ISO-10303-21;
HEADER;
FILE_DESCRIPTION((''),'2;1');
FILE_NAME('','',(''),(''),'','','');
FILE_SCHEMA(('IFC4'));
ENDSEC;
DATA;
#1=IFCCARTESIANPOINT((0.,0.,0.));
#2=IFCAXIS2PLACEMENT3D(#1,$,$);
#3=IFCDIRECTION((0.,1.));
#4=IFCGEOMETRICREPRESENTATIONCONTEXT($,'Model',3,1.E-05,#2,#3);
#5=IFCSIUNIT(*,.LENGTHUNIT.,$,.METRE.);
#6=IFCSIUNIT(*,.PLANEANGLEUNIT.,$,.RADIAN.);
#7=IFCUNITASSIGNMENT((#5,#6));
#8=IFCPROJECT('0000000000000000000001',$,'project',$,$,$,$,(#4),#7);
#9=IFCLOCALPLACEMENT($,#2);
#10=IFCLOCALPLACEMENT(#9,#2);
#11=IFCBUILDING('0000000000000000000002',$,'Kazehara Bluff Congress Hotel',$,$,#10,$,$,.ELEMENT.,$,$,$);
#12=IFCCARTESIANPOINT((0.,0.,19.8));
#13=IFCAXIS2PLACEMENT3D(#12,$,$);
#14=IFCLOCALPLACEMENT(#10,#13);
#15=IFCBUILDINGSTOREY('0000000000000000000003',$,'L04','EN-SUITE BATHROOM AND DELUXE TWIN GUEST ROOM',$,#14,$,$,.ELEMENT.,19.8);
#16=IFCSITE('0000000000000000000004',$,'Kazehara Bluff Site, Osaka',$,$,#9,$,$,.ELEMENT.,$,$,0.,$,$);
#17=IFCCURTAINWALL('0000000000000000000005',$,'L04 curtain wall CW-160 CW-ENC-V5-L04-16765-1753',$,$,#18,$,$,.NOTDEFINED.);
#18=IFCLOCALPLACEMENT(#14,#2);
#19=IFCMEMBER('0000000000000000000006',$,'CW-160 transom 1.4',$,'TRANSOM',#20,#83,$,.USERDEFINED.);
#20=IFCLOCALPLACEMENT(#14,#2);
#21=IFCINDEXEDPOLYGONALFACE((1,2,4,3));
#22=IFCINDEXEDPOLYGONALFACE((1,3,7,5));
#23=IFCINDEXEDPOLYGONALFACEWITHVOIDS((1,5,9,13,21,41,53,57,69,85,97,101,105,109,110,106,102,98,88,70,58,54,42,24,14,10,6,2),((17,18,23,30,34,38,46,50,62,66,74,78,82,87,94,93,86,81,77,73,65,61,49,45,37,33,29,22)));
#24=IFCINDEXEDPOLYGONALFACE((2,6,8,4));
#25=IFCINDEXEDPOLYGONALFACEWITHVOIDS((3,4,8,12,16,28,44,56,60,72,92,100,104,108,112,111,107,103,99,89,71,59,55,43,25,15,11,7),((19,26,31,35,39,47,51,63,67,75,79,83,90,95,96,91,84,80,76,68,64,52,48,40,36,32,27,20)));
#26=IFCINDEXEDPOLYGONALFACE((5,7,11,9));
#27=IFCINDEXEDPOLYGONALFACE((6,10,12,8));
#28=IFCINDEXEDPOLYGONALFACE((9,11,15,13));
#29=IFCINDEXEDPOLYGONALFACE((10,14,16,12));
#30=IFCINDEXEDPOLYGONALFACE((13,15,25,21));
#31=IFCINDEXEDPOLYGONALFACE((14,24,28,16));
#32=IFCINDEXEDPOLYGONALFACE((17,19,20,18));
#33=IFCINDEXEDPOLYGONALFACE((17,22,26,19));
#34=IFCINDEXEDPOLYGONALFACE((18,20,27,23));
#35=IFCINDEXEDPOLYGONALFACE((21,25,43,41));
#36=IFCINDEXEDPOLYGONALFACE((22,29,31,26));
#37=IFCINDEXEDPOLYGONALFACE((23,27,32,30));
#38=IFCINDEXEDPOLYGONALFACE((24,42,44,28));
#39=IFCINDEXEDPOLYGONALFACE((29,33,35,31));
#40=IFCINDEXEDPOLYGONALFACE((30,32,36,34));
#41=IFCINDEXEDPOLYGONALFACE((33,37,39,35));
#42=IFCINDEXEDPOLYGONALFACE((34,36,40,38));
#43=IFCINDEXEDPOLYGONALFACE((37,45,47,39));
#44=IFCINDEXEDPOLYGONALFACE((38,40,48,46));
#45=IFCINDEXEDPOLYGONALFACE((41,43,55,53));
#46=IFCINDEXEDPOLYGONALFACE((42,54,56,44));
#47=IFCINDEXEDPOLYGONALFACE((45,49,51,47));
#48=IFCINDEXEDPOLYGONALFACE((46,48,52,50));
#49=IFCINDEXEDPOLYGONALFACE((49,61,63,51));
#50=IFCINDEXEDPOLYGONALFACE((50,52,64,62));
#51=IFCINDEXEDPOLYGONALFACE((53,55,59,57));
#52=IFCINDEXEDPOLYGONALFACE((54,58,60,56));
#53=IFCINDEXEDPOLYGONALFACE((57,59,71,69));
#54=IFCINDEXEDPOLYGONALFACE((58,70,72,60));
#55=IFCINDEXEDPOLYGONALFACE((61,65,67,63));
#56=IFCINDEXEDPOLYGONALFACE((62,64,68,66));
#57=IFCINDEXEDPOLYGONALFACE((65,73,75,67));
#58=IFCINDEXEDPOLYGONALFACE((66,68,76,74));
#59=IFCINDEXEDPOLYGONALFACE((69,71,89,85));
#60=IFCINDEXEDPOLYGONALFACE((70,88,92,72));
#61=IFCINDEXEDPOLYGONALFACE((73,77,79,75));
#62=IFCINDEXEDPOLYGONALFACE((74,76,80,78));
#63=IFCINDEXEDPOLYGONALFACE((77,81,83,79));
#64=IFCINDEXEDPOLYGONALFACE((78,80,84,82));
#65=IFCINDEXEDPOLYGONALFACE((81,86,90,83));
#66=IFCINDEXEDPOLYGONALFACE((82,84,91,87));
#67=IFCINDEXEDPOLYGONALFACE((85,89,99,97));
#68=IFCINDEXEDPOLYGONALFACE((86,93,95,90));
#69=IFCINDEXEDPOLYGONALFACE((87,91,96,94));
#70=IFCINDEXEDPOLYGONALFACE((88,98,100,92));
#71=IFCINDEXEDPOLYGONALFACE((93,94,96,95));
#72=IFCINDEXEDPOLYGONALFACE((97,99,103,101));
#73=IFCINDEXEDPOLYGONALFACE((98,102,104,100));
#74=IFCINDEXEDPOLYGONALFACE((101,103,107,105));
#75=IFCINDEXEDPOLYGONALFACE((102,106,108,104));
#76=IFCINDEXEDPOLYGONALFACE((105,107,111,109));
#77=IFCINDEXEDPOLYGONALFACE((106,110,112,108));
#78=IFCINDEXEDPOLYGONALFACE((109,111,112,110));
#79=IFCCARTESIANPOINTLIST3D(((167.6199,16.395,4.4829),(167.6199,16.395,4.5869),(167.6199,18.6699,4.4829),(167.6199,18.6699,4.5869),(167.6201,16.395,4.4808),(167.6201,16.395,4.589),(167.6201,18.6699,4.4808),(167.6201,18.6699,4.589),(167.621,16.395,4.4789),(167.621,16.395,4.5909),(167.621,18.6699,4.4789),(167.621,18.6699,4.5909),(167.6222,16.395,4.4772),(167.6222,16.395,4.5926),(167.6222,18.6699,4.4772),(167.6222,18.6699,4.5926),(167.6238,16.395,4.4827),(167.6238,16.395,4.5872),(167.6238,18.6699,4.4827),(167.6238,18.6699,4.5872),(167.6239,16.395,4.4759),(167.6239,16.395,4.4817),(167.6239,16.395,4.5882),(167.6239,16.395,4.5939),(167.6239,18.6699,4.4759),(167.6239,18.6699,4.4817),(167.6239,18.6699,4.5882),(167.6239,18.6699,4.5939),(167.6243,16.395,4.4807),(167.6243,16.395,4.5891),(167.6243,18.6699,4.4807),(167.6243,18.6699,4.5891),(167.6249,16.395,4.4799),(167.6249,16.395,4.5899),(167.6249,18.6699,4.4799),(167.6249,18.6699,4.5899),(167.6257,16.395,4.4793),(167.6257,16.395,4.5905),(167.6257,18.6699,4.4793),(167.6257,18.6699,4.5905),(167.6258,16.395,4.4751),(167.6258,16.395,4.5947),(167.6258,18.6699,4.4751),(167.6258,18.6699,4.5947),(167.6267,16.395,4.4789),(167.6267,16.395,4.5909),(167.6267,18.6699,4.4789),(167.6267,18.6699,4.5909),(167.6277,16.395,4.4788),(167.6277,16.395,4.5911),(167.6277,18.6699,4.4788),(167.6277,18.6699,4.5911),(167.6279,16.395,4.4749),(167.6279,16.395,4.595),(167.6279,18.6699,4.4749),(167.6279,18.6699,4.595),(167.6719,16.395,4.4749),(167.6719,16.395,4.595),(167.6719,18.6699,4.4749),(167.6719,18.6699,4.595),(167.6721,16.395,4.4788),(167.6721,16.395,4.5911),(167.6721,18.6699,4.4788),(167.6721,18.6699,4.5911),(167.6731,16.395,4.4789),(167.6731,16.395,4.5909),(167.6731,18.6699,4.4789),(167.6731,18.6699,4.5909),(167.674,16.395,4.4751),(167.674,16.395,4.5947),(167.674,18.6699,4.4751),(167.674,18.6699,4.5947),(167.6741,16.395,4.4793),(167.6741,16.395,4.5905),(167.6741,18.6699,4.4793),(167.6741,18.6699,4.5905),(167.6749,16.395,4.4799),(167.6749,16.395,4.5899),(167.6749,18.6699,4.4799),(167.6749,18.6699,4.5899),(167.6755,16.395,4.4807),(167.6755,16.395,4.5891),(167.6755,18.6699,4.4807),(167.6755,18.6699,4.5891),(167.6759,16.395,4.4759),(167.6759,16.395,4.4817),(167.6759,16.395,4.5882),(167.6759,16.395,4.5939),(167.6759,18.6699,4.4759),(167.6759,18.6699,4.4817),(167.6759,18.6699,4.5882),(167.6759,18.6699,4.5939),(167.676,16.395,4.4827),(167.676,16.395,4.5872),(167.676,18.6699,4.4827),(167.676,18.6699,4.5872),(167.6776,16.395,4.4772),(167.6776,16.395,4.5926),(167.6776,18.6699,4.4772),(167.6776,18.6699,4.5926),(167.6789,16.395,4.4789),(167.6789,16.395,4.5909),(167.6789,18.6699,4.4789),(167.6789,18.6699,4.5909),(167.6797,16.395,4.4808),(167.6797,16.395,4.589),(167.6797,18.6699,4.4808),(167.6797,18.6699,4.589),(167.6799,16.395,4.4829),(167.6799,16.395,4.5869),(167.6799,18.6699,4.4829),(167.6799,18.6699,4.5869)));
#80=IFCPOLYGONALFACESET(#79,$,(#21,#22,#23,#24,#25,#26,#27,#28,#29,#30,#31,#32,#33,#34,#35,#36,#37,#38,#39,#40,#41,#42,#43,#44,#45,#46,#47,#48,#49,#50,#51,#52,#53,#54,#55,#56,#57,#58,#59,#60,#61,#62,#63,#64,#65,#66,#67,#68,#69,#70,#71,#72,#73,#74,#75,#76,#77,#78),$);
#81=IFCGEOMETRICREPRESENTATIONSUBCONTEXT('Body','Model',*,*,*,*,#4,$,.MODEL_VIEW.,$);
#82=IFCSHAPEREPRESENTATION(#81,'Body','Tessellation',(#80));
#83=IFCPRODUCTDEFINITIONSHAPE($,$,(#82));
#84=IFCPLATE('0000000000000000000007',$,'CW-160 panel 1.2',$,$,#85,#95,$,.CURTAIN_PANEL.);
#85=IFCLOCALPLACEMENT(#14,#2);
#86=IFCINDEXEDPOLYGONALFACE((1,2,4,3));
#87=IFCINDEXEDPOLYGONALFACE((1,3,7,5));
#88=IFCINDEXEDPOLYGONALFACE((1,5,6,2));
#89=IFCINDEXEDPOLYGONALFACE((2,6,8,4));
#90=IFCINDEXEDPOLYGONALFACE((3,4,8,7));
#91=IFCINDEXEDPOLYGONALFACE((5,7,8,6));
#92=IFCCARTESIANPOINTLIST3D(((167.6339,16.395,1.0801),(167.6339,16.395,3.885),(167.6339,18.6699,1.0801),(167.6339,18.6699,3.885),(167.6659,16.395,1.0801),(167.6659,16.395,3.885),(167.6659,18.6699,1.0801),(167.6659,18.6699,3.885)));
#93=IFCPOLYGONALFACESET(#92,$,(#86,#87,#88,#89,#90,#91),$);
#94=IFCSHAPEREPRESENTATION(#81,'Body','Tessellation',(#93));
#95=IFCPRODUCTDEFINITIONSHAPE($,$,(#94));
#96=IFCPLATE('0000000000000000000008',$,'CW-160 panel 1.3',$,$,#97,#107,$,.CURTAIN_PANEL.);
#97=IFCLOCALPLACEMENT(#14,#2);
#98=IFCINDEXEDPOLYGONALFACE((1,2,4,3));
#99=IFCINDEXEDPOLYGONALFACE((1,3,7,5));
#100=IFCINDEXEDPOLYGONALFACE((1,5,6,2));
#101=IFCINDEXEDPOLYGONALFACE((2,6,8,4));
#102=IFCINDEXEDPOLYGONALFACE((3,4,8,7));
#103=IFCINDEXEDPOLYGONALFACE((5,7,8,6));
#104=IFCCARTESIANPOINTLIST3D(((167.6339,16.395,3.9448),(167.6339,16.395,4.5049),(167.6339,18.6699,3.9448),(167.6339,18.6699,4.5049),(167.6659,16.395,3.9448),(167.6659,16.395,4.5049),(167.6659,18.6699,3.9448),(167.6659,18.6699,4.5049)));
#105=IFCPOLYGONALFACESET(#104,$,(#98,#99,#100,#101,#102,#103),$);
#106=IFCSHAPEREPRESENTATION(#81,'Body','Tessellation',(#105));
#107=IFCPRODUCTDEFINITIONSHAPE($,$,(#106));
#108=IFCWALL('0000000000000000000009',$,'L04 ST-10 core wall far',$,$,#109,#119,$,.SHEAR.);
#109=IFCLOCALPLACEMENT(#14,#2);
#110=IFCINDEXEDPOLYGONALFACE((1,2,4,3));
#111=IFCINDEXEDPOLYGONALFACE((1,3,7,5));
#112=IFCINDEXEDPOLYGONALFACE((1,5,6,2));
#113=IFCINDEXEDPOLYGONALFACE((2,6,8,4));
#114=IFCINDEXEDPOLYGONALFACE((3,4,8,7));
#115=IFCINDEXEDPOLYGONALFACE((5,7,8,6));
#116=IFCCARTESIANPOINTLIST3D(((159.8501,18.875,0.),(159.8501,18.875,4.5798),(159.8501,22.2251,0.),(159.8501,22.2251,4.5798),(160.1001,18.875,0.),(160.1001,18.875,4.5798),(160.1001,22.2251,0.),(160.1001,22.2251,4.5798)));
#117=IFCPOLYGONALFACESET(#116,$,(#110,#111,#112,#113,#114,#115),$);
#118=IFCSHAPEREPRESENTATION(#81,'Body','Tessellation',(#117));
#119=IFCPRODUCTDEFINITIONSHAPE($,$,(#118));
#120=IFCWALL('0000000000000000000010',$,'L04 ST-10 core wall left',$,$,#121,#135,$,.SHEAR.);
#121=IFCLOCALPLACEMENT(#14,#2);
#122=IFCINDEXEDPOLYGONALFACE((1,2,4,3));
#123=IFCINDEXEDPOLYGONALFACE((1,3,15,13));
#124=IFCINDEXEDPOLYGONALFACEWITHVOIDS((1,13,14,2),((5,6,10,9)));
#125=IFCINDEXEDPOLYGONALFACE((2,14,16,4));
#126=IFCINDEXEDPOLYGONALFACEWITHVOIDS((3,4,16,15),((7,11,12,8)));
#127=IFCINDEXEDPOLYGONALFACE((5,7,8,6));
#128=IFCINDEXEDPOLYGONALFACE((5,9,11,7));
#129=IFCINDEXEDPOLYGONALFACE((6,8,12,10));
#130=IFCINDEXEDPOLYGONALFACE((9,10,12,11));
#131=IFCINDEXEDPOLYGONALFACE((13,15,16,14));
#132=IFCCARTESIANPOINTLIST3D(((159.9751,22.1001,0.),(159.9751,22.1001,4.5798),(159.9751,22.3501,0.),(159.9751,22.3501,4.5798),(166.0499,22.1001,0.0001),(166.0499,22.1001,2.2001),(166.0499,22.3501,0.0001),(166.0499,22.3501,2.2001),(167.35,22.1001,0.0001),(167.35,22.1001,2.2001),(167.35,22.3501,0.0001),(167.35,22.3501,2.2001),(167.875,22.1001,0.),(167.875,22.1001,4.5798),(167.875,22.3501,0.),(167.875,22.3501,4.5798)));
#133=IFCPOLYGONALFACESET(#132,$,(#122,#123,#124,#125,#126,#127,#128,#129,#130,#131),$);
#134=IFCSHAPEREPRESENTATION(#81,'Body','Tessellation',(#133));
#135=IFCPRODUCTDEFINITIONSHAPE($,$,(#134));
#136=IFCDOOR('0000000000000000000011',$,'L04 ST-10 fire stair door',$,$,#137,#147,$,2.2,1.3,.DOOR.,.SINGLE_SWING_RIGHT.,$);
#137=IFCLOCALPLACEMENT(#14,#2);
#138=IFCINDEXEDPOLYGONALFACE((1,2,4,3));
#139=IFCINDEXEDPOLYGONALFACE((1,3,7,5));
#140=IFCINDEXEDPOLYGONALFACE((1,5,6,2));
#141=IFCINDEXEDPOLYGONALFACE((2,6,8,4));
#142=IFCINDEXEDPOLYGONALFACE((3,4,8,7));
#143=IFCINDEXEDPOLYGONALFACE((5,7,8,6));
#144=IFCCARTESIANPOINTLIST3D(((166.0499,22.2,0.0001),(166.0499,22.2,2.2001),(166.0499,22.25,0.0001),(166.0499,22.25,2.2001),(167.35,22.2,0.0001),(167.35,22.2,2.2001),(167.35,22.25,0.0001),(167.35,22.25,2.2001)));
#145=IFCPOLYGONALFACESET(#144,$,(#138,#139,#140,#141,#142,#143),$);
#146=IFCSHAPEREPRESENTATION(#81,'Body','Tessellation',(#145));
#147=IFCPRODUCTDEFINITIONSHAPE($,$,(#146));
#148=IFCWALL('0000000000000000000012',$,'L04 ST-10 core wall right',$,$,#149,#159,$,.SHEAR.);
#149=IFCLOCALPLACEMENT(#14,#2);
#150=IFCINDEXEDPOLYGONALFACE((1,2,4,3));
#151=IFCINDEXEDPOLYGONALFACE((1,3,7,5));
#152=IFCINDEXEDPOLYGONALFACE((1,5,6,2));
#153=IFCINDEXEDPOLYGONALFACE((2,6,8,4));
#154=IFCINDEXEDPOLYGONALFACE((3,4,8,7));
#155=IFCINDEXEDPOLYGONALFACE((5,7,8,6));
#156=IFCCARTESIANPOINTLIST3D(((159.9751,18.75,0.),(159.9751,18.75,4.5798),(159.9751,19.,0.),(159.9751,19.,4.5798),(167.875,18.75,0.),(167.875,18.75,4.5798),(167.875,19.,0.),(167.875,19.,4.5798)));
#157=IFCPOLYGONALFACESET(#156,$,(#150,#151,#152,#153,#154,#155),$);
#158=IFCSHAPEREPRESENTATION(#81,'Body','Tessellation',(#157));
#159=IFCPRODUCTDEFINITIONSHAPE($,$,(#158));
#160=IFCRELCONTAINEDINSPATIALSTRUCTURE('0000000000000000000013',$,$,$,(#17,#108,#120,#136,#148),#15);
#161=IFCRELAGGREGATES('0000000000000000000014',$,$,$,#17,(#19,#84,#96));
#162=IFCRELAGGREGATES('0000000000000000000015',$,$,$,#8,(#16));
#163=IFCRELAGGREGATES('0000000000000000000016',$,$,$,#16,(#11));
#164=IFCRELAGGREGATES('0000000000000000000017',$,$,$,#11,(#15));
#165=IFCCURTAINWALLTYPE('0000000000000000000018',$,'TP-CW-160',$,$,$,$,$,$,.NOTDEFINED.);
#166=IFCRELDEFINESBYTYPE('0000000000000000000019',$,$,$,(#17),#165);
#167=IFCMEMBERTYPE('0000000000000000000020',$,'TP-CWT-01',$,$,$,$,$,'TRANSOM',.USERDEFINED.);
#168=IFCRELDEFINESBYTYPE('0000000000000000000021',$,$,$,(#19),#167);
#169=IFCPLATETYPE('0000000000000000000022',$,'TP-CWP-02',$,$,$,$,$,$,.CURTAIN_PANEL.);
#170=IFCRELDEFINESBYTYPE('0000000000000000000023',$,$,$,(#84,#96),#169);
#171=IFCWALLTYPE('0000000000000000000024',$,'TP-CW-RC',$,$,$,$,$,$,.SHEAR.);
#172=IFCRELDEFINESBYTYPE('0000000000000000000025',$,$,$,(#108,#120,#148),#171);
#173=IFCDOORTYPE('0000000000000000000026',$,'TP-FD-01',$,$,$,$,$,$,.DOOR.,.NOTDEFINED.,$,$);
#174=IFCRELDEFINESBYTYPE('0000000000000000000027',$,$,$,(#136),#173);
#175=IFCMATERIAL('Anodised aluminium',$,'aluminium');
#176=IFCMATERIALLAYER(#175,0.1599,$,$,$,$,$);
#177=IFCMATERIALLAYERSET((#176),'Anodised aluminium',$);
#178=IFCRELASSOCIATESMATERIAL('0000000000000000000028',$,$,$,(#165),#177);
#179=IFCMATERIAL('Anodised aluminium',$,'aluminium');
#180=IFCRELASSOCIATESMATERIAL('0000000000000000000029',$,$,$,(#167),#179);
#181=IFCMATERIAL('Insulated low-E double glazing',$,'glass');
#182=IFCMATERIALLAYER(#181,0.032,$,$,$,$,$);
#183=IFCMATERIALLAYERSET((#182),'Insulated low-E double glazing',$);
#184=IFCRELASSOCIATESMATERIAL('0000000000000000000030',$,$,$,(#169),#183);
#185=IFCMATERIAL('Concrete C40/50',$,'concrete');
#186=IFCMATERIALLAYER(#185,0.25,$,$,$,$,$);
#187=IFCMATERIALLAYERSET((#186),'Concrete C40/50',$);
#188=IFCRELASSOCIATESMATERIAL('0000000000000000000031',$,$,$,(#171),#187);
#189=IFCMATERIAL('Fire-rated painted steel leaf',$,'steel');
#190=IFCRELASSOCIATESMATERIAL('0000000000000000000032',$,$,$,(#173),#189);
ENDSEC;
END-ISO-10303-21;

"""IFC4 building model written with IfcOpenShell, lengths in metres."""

from ifc_helpers import new_model, si_unit, direction, frame, frame_2d, origin, origin_2d, place, context, subcontext, project, spatial, rectangle, hollow_rectangle, extrude, material, layer, layer_set, material_profile, profile_set, type_object, element, fill, aggregate, save


model = new_model("IFC4")

# Units and contexts
model_context = context("Model", 3, precision=1e-05, world=origin(), true_north=direction((0.0, 1.0)))
body_context = subcontext(model_context, "Body", "Model", "MODEL_VIEW")
ifc_project = project(units=[si_unit("LENGTHUNIT", "METRE"), si_unit("PLANEANGLEUNIT", "RADIAN")], contexts=[model_context])

# Site, building, storey
site_placement = place(None, origin())
site = spatial("IfcSite", under=ifc_project, at=site_placement, Name="Kazehara Bluff Site, Osaka", CompositionType="ELEMENT", RefElevation=0.0)
building_placement = place(site_placement, origin())
building = spatial("IfcBuilding", under=site, at=building_placement, Name="Kazehara Bluff Congress Hotel", CompositionType="ELEMENT")
storey_placement = place(building_placement, frame((0.0, 0.0, 19.8)))
storey = spatial("IfcBuildingStorey", under=building, at=storey_placement, Name="L04", Description="EN-SUITE BATHROOM AND DELUXE TWIN GUEST ROOM", CompositionType="ELEMENT", Elevation=19.8)

# Curtain wall, member, plates
ifc_material_1 = material(Name="Anodised aluminium", Category="aluminium")
ifc_layer_1 = layer(ifc_material_1, 0.1599)
ifc_layer_set_1 = layer_set([ifc_layer_1], Name="Anodised aluminium")
curtain_wall_type = type_object("IfcCurtainWallType", Name="TP-CW-160", PredefinedType="NOTDEFINED", material=ifc_layer_set_1)
curtain_wall_placement = place(storey_placement, origin())
curtain_wall = element("IfcCurtainWall", 1, at=curtain_wall_placement, inside=storey, type_object=curtain_wall_type, Name="L04 curtain wall CW-160 CW-ENC-V5-L04-16765-1753", PredefinedType="NOTDEFINED")
ifc_material_2 = material(Name="Anodised aluminium", Category="aluminium")
ifc_material_profile_1 = material_profile(ifc_material_2, hollow_rectangle(XDim=0.0601, YDim=0.1201, WallThickness=0.0039, InnerFilletRadius=0.0039, OuterFilletRadius=0.0081, at=origin_2d()))
ifc_profile_set_1 = profile_set([ifc_material_profile_1], Name="Anodised aluminium")
member_type_1 = type_object("IfcMemberType", Name="TP-CWT-01", ElementType="TRANSOM", PredefinedType="USERDEFINED", material=ifc_profile_set_1)
member_1_placement = place(storey_placement, frame((167.6499, 18.6699, 4.5349), z_axis=(0.0, -1.0, 0.0), x_axis=(1.0, 0.0, 0.0)))
member_1 = element("IfcMember", 2, at=member_1_placement, type_object=member_type_1, Name="CW-160 transom 1.4", ObjectType="TRANSOM", PredefinedType="USERDEFINED", context=body_context, shape_type="SweptSolid", body=[
    extrude(hollow_rectangle(XDim=0.0601, YDim=0.1201, WallThickness=0.0039, InnerFilletRadius=0.0039, OuterFilletRadius=0.0081, at=origin_2d()), origin(), (0.0, 0.0, 1.0), 2.2749),
])
ifc_material_3 = material(Name="Insulated low-E double glazing", Category="glass")
ifc_layer_2 = layer(ifc_material_3, 0.032)
ifc_layer_set_2 = layer_set([ifc_layer_2], Name="Insulated low-E double glazing")
plate_type = type_object("IfcPlateType", Name="TP-CWP-02", PredefinedType="CURTAIN_PANEL", material=ifc_layer_set_2)
plate_1_placement = place(storey_placement, frame((167.6499, 17.5325, 1.0801), z_axis=(0.0, 0.0, 1.0), x_axis=(0.0, -1.0, 0.0)))
plate_1 = element("IfcPlate", 3, at=plate_1_placement, type_object=plate_type, Name="CW-160 panel 1.2", PredefinedType="CURTAIN_PANEL", context=body_context, shape_type="SweptSolid", body=[
    extrude(rectangle(XDim=2.2749, YDim=0.032, at=origin_2d()), origin(), (0.0, 0.0, 1.0), 2.8049),
])
plate_2_placement = place(storey_placement, frame((167.6499, 17.5325, 3.9448), z_axis=(0.0, 0.0, 1.0), x_axis=(0.0, -1.0, 0.0)))
plate_2 = element("IfcPlate", 4, at=plate_2_placement, type_object=plate_type, Name="CW-160 panel 1.3", PredefinedType="CURTAIN_PANEL", context=body_context, shape_type="SweptSolid", body=[
    extrude(rectangle(XDim=2.2749, YDim=0.032, at=origin_2d()), origin(), (0.0, 0.0, 1.0), 0.5601),
])
aggregate(curtain_wall, [member_1, plate_1, plate_2])

# Wall
ifc_material_4 = material(Name="Concrete C40/50", Category="concrete")
ifc_layer_3 = layer(ifc_material_4, 0.25)
ifc_layer_set_3 = layer_set([ifc_layer_3], Name="Concrete C40/50")
wall_type = type_object("IfcWallType", Name="TP-CW-RC", PredefinedType="SHEAR", material=ifc_layer_set_3)
wall_1_placement = place(storey_placement, frame((159.9751, 18.875, 0.0), z_axis=(0.0, 0.0, 1.0), x_axis=(0.0, 1.0, 0.0)))
element("IfcWall", 5, at=wall_1_placement, inside=storey, type_object=wall_type, Name="L04 ST-10 core wall far", PredefinedType="SHEAR", context=body_context, shape_type="SweptSolid", body=[
    extrude(rectangle(XDim=3.3501, YDim=0.25, at=frame_2d((1.675, 0.0))), origin(), (0.0, 0.0, 1.0), 4.5798),
])

# Wall, opening, door
wall_2_placement = place(storey_placement, frame((159.9751, 22.2251, 0.0), z_axis=(0.0, 0.0, 1.0), x_axis=(1.0, 0.0, 0.0)))
wall_2 = element("IfcWall", 6, at=wall_2_placement, inside=storey, type_object=wall_type, Name="L04 ST-10 core wall left", PredefinedType="SHEAR", context=body_context, shape_type="SweptSolid", body=[
    extrude(rectangle(XDim=7.8999, YDim=0.25, at=frame_2d((3.95, 0.0))), origin(), (0.0, 0.0, 1.0), 4.5798),
])
opening_placement = place(wall_2_placement, frame((6.075, 0.0, 0.0)))
opening = element("IfcOpeningElement", 7, at=opening_placement, cuts=wall_2, PredefinedType="OPENING", context=body_context, shape_type="SweptSolid", body=[
    extrude(rectangle(XDim=1.3, YDim=2.2, at=frame_2d((0.6499, 1.1001))), frame((0.0, 0.135, 0.0), z_axis=(0.0, -1.0, 0.0), x_axis=(1.0, 0.0, 0.0)), (0.0, 0.0, 1.0), 0.27),
])
ifc_material_5 = material(Name="Fire-rated painted steel leaf", Category="steel")
door_type = type_object("IfcDoorType", Name="TP-FD-01", OperationType="NOTDEFINED", PredefinedType="DOOR", material=ifc_material_5)
door_placement = place(opening_placement, origin())
door = element("IfcDoor", 8, at=door_placement, inside=storey, type_object=door_type, Name="L04 ST-10 fire stair door", OperationType="SINGLE_SWING_RIGHT", OverallHeight=2.2, OverallWidth=1.3, PredefinedType="DOOR", context=body_context, shape_type="SweptSolid", body=[
    extrude(rectangle(XDim=1.3, YDim=2.2, at=frame_2d((0.6499, 1.1001))), frame((0.0, 0.0249, 0.0), z_axis=(0.0, -1.0, 0.0), x_axis=(1.0, 0.0, 0.0)), (0.0, 0.0, 1.0), 0.05),
])
fill(opening, door)

# Wall
wall_3_placement = place(storey_placement, frame((167.875, 18.875, 0.0), z_axis=(0.0, 0.0, 1.0), x_axis=(-1.0, 0.0, 0.0)))
element("IfcWall", 9, at=wall_3_placement, inside=storey, type_object=wall_type, Name="L04 ST-10 core wall right", PredefinedType="SHEAR", context=body_context, shape_type="SweptSolid", body=[
    extrude(rectangle(XDim=7.8999, YDim=0.25, at=frame_2d((3.95, 0.0))), origin(), (0.0, 0.0, 1.0), 4.5798),
])

save(model, "model.ifc")
